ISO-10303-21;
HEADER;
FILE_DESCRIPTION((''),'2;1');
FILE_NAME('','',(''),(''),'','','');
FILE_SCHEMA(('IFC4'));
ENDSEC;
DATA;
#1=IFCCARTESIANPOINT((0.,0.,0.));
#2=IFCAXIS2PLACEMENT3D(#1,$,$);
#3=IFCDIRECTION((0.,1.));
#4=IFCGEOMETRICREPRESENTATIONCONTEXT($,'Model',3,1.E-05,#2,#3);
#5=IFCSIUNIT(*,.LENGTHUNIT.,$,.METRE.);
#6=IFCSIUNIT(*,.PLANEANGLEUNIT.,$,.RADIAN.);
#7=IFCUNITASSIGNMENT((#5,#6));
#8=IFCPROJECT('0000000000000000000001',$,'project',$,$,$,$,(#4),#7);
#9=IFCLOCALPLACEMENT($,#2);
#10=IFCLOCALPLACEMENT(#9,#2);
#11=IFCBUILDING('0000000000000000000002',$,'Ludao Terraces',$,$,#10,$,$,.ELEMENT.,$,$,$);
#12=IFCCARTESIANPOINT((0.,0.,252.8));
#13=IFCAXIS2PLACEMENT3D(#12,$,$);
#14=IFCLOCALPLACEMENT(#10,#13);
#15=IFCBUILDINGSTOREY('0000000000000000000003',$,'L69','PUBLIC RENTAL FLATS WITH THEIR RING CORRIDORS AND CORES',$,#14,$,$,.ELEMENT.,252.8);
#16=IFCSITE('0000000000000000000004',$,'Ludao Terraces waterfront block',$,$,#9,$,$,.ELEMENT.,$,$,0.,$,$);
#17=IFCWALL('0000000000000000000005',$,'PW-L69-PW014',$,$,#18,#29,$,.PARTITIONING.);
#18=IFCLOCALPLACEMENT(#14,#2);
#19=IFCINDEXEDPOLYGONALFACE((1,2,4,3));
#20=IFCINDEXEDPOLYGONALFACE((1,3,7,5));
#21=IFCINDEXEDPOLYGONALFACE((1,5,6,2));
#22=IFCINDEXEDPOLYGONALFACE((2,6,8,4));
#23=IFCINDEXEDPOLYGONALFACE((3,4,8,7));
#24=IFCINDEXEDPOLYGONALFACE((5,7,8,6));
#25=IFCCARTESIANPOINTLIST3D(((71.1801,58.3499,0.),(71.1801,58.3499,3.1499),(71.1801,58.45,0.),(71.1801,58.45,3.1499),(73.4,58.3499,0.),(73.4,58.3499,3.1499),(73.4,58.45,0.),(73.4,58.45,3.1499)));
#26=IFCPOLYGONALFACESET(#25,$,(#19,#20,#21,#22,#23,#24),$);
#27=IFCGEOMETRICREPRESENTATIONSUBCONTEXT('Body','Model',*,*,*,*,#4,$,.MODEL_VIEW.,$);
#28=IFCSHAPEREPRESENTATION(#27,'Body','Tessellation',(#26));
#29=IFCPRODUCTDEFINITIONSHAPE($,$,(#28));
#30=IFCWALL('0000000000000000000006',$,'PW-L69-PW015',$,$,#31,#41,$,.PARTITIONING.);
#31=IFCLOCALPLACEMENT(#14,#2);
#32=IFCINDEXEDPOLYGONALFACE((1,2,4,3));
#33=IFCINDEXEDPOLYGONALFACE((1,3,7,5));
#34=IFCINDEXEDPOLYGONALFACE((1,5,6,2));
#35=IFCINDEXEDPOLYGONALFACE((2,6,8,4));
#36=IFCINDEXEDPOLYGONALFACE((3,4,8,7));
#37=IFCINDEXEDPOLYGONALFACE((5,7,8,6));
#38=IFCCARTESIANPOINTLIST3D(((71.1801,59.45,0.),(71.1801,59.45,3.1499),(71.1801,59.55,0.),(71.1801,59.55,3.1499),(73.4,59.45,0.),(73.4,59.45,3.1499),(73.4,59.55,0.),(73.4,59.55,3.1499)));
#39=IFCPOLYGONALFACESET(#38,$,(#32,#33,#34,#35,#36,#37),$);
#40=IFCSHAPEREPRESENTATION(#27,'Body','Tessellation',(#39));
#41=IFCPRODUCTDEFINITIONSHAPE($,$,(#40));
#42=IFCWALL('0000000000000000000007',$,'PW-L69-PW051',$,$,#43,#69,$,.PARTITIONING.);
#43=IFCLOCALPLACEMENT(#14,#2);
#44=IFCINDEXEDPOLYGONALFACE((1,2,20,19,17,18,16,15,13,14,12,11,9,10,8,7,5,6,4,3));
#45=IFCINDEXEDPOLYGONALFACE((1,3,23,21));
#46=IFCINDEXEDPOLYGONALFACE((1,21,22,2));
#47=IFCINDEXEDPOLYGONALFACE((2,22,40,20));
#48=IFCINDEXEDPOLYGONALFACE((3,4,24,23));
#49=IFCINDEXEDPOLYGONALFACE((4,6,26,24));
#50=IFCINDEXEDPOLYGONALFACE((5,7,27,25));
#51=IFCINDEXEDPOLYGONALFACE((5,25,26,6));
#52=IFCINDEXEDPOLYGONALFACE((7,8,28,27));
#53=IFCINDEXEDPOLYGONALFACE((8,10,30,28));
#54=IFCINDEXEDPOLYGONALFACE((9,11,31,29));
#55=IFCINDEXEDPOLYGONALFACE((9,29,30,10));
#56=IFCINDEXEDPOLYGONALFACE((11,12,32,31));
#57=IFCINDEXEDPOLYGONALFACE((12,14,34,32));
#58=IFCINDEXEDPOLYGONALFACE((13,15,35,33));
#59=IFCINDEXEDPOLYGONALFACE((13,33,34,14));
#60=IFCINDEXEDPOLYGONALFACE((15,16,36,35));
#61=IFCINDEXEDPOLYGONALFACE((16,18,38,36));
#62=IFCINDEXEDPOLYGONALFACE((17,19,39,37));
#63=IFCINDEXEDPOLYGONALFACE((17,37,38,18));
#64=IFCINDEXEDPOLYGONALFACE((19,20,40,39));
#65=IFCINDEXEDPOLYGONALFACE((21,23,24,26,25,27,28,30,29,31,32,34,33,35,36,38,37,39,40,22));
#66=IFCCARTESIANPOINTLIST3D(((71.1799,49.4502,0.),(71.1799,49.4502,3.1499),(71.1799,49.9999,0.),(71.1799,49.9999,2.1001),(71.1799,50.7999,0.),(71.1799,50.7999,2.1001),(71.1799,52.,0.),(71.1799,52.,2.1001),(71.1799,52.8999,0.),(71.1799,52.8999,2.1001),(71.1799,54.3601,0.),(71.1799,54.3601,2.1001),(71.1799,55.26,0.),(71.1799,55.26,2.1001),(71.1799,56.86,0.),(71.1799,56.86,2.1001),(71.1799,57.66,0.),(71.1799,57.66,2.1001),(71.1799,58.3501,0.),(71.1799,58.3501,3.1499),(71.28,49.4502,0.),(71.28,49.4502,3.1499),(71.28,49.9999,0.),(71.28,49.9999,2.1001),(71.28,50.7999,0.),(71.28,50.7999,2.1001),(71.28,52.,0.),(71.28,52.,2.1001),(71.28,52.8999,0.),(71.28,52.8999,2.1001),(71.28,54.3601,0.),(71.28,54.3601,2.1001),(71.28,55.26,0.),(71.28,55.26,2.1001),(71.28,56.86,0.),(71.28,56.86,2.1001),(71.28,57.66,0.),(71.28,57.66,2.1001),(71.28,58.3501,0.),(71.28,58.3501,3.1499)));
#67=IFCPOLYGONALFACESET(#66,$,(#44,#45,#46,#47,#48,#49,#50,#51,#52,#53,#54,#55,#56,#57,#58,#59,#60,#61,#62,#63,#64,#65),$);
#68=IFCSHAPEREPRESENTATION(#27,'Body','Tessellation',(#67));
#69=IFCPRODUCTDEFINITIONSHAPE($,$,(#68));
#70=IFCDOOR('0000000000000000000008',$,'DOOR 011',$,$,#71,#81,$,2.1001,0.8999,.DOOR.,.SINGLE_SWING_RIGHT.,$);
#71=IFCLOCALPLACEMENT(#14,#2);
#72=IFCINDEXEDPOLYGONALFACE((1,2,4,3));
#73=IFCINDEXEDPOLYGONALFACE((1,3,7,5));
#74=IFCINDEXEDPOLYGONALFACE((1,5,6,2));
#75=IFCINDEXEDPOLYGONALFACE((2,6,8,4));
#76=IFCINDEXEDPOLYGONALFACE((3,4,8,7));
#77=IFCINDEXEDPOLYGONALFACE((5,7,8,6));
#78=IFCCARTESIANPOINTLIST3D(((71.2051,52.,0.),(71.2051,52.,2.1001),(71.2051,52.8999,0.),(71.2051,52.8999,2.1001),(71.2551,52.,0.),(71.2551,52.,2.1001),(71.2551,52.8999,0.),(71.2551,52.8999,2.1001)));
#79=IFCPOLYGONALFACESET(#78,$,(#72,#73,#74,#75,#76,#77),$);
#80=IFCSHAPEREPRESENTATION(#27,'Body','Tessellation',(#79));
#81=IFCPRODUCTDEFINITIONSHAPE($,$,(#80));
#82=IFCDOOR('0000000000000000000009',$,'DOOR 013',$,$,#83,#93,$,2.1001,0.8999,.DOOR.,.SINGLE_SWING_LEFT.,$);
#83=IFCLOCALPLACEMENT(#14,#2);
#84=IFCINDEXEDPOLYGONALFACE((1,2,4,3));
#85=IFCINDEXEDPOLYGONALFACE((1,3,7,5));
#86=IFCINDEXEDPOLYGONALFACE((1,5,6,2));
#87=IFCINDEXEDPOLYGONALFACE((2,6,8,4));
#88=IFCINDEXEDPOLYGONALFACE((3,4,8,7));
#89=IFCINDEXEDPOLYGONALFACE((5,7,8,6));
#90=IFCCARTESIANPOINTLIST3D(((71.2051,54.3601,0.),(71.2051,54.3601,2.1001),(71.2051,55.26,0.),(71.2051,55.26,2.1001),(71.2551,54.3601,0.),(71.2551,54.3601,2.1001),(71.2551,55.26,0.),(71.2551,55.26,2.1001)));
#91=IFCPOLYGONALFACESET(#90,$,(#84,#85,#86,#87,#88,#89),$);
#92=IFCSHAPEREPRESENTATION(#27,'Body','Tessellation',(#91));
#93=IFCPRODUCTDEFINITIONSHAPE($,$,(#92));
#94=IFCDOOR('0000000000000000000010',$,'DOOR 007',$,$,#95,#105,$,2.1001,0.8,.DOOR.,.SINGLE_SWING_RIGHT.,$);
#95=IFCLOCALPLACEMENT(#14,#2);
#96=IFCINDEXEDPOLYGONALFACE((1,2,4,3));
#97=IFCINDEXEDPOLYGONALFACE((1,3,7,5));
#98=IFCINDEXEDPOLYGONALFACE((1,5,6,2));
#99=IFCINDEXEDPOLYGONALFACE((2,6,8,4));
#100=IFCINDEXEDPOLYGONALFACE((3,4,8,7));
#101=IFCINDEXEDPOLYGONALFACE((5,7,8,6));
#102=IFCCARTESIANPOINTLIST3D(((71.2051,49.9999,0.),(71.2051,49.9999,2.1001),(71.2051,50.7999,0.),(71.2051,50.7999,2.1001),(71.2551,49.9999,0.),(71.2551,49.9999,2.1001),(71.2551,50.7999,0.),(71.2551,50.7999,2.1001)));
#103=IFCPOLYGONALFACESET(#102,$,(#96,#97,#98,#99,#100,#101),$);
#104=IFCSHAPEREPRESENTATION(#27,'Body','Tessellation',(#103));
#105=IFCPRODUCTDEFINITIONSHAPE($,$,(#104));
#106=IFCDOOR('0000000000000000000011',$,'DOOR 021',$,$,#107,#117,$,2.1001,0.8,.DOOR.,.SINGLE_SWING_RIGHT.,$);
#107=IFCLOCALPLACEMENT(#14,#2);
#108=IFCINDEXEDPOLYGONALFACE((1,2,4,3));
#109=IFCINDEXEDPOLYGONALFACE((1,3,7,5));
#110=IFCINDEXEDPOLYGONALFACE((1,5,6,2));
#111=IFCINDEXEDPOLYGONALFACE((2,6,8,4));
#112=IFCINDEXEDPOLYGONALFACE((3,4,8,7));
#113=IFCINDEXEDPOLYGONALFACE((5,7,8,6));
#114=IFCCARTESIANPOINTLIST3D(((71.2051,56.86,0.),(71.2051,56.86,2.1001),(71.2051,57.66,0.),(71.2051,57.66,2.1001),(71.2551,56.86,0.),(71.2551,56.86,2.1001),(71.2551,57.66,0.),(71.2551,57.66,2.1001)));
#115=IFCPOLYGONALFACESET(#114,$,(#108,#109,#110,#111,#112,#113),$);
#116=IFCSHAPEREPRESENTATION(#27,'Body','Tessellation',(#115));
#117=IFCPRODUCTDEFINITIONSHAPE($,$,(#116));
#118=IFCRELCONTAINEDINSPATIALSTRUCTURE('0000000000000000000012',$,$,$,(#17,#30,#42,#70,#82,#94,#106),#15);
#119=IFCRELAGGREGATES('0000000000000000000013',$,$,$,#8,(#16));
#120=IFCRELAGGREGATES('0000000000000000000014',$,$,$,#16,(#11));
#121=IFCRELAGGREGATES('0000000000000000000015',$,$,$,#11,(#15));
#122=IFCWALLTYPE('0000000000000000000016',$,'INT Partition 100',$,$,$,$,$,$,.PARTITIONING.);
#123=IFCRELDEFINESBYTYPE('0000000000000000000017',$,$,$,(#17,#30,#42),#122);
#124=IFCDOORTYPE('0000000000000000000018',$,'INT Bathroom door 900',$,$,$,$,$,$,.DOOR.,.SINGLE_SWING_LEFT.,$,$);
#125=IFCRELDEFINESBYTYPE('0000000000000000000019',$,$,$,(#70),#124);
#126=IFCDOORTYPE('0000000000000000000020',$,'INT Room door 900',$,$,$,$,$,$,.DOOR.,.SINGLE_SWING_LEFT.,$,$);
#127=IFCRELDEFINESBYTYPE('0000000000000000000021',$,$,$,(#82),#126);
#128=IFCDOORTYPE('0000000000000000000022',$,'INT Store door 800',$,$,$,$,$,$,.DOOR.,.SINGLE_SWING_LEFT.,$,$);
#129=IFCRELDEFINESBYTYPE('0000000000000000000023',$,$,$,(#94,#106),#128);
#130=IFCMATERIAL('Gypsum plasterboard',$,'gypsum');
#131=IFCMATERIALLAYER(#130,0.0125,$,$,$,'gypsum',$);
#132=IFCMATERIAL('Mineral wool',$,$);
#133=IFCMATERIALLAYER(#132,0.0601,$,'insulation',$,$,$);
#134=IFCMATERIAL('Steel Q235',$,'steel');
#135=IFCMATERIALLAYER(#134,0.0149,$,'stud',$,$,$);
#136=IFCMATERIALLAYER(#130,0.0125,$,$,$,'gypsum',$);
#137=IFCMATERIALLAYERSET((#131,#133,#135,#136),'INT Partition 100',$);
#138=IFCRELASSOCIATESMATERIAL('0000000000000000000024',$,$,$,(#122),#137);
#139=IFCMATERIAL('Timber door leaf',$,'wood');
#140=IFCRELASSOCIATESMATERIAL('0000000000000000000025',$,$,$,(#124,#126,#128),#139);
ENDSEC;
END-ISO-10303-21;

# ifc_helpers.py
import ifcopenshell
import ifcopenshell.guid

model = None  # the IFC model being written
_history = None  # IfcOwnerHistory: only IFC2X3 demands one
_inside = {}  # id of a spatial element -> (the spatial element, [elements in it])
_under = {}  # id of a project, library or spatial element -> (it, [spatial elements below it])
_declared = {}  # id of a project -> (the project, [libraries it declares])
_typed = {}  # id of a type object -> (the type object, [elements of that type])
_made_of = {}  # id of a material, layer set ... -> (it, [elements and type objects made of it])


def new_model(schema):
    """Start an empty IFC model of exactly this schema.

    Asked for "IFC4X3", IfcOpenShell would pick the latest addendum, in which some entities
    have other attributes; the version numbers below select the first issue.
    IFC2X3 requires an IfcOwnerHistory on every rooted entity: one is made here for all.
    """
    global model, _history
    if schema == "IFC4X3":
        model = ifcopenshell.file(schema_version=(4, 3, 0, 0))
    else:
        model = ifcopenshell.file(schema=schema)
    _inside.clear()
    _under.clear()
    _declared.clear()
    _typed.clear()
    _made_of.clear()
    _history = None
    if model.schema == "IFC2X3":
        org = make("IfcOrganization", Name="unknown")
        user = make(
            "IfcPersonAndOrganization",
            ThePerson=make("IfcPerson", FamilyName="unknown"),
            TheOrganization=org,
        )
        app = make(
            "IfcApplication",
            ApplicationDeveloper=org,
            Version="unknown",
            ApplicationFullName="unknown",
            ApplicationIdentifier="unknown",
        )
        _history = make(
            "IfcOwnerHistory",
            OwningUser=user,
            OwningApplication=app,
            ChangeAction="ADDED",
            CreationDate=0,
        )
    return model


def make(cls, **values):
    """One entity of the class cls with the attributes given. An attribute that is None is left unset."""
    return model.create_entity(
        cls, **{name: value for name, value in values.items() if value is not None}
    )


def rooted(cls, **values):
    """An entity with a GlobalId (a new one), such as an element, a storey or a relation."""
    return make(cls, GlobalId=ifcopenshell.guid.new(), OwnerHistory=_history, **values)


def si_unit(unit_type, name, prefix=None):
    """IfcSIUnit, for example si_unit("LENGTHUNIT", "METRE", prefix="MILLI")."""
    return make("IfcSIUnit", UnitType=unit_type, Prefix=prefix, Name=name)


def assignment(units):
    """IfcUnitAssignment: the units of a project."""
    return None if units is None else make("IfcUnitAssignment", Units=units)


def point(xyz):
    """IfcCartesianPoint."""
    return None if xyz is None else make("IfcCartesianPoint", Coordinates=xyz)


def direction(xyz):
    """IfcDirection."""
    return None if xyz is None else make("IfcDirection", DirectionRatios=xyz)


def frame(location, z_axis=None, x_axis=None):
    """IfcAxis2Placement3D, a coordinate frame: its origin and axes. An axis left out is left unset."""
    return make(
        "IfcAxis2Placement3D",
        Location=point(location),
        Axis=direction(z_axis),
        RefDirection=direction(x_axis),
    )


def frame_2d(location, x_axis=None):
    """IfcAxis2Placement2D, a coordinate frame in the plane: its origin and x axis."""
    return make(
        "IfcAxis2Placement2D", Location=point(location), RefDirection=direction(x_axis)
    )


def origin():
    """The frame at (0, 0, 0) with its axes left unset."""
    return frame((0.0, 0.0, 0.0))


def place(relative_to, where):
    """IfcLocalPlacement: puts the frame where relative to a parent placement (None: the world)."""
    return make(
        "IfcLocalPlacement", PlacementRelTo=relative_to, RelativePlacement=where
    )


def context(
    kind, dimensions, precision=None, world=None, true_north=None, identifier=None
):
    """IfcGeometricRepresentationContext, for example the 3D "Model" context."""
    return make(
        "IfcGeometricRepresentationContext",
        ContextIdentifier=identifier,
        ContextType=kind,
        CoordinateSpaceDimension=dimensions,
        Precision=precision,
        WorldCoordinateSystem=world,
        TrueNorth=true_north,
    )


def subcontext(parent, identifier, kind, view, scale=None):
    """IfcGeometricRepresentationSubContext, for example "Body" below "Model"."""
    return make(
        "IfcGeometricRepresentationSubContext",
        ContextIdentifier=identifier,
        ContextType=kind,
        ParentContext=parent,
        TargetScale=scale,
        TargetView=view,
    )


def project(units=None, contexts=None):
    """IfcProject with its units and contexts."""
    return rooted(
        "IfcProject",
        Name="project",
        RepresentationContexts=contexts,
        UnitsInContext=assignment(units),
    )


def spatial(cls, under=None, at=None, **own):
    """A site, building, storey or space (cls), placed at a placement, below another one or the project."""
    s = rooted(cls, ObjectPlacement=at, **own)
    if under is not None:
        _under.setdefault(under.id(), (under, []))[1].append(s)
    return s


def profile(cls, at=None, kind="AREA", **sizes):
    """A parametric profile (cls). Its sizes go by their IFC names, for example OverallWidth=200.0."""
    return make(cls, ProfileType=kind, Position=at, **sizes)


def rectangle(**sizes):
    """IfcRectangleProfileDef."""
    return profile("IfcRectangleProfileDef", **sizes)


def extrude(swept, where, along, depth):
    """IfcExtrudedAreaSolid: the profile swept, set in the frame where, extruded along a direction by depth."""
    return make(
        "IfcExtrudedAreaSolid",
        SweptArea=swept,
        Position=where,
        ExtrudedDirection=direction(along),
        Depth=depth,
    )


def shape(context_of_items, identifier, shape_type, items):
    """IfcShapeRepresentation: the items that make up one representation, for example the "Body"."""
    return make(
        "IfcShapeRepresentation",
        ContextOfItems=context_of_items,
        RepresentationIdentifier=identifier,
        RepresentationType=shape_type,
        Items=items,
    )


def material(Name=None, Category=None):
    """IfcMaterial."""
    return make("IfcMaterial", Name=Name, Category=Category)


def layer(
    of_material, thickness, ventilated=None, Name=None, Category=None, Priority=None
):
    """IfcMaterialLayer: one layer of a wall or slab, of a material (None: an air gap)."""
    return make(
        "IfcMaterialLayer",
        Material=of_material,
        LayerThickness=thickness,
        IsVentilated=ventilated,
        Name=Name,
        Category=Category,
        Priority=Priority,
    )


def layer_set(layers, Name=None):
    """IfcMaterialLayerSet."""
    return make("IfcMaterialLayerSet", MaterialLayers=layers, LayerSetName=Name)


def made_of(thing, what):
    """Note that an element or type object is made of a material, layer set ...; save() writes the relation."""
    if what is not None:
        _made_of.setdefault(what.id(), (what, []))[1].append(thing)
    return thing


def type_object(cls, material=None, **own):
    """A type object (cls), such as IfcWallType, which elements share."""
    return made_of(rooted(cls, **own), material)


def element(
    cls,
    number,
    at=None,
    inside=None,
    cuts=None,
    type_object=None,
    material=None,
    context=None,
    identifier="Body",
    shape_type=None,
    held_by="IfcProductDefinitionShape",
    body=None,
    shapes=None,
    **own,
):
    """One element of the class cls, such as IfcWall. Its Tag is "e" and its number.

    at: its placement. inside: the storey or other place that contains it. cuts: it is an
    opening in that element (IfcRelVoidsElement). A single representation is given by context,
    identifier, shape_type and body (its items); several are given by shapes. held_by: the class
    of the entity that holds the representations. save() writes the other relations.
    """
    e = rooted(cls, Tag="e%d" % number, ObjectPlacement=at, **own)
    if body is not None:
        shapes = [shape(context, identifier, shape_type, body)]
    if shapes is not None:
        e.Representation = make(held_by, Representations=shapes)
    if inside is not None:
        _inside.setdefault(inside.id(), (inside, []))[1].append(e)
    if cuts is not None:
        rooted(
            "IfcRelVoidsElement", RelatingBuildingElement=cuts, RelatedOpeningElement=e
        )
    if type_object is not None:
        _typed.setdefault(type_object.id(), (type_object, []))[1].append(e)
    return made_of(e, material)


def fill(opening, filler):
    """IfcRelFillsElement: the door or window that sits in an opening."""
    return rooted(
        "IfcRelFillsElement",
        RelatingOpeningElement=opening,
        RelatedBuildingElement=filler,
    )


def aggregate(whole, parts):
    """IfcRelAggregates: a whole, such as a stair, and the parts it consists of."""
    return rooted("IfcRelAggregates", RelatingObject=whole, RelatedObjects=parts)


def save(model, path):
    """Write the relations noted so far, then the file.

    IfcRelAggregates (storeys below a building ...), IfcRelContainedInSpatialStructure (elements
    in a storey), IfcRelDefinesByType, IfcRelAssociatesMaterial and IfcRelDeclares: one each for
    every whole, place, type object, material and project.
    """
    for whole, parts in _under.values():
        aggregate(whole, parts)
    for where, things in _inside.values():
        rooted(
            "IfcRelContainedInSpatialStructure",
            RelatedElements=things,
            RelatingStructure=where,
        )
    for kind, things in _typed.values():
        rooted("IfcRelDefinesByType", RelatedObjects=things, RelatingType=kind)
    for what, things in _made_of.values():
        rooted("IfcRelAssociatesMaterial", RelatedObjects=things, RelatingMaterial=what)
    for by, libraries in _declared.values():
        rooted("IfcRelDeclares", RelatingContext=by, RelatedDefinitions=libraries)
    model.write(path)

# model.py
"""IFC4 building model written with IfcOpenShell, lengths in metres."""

from ifc_helpers import new_model, si_unit, direction, frame, frame_2d, origin, place, context, subcontext, project, spatial, rectangle, extrude, material, layer, layer_set, type_object, element, fill, save


model = new_model("IFC4")

# Units and contexts
model_context = context("Model", 3, precision=1e-05, world=origin(), true_north=direction((0.0, 1.0)))
body_context = subcontext(model_context, "Body", "Model", "MODEL_VIEW")
ifc_project = project(units=[si_unit("LENGTHUNIT", "METRE"), si_unit("PLANEANGLEUNIT", "RADIAN")], contexts=[model_context])

# Site, building, storey
site_placement = place(None, origin())
site = spatial("IfcSite", under=ifc_project, at=site_placement, Name="Ludao Terraces waterfront block", CompositionType="ELEMENT", RefElevation=0.0)
building_placement = place(site_placement, origin())
building = spatial("IfcBuilding", under=site, at=building_placement, Name="Ludao Terraces", CompositionType="ELEMENT")
storey_placement = place(building_placement, frame((0.0, 0.0, 252.8)))
storey = spatial("IfcBuildingStorey", under=building, at=storey_placement, Name="L69", Description="PUBLIC RENTAL FLATS WITH THEIR RING CORRIDORS AND CORES", CompositionType="ELEMENT", Elevation=252.8)

# Shared definitions
ifc_material_1 = material(Name="Timber door leaf", Category="wood")
ifc_material_2 = material(Name="Steel Q235", Category="steel")

# Walls
ifc_material_3 = material(Name="Gypsum plasterboard", Category="gypsum")
ifc_layer_1 = layer(ifc_material_3, 0.0125, Category="gypsum")
ifc_material_4 = material(Name="Mineral wool")
ifc_layer_2 = layer(ifc_material_4, 0.0601, Name="insulation")
ifc_layer_3 = layer(ifc_material_2, 0.0149, Name="stud")
ifc_layer_4 = layer(ifc_material_3, 0.0125, Category="gypsum")
ifc_layer_set_1 = layer_set([ifc_layer_1, ifc_layer_2, ifc_layer_3, ifc_layer_4], Name="INT Partition 100")
wall_type_1 = type_object("IfcWallType", Name="INT Partition 100", PredefinedType="PARTITIONING", material=ifc_layer_set_1)
for number, where, z_axis, x_axis, name in (
    (1, (71.1802, 58.3999, 0.0), (0.0, 0.0, 1.0), (1.0, 0.0, 0.0), "PW-L69-PW014"),
    (2, (71.1802, 59.5, 0.0), (0.0, 0.0, 1.0), (1.0, 0.0, 0.0), "PW-L69-PW015"),
):
    element("IfcWall", number, at=place(storey_placement, frame(where, z_axis=z_axis, x_axis=x_axis)), inside=storey, type_object=wall_type_1, Name=name, PredefinedType="PARTITIONING", context=body_context, shape_type="SweptSolid", body=[
        extrude(rectangle(XDim=2.22, YDim=0.1001, at=frame_2d((1.1099, 0.0))), origin(), (0.0, 0.0, 1.0), 3.1499),
    ])

# Wall, openings, doors
wall_1_placement = place(storey_placement, frame((71.23, 49.4502, 0.0), z_axis=(0.0, 0.0, 1.0), x_axis=(0.0, 1.0, 0.0)))
wall_1 = element("IfcWall", 3, at=wall_1_placement, inside=storey, type_object=wall_type_1, Name="PW-L69-PW051", PredefinedType="PARTITIONING", context=body_context, shape_type="SweptSolid", body=[
    extrude(rectangle(XDim=8.8999, YDim=0.1001, at=frame_2d((4.45, 0.0))), origin(), (0.0, 0.0, 1.0), 3.1499),
])
opening_1_placement = place(wall_1_placement, frame((0.5498, 0.0, 0.0)))
opening_1 = element("IfcOpeningElement", 4, at=opening_1_placement, cuts=wall_1, PredefinedType="OPENING", context=body_context, shape_type="SweptSolid", body=[
    extrude(rectangle(XDim=0.8, YDim=2.1001, at=frame_2d((0.3999, 1.05))), frame((0.0, 0.0601, 0.0), z_axis=(0.0, -1.0, 0.0), x_axis=(1.0, 0.0, 0.0)), (0.0, 0.0, 1.0), 0.1201),
])
opening_2_placement = place(wall_1_placement, frame((2.5498, 0.0, 0.0)))
opening_2 = element("IfcOpeningElement", 5, at=opening_2_placement, cuts=wall_1, PredefinedType="OPENING", context=body_context, shape_type="SweptSolid", body=[
    extrude(rectangle(XDim=0.8999, YDim=2.1001, at=frame_2d((0.45, 1.05))), frame((0.0, 0.0601, 0.0), z_axis=(0.0, -1.0, 0.0), x_axis=(1.0, 0.0, 0.0)), (0.0, 0.0, 1.0), 0.1201),
])
opening_3_placement = place(wall_1_placement, frame((4.9099, 0.0, 0.0)))
opening_3 = element("IfcOpeningElement", 6, at=opening_3_placement, cuts=wall_1, PredefinedType="OPENING", context=body_context, shape_type="SweptSolid", body=[
    extrude(rectangle(XDim=0.8999, YDim=2.1001, at=frame_2d((0.45, 1.05))), frame((0.0, 0.0601, 0.0), z_axis=(0.0, -1.0, 0.0), x_axis=(1.0, 0.0, 0.0)), (0.0, 0.0, 1.0), 0.1201),
])
opening_4_placement = place(wall_1_placement, frame((7.4099, 0.0, 0.0)))
opening_4 = element("IfcOpeningElement", 7, at=opening_4_placement, cuts=wall_1, PredefinedType="OPENING", context=body_context, shape_type="SweptSolid", body=[
    extrude(rectangle(XDim=0.8, YDim=2.1001, at=frame_2d((0.3999, 1.05))), frame((0.0, 0.0601, 0.0), z_axis=(0.0, -1.0, 0.0), x_axis=(1.0, 0.0, 0.0)), (0.0, 0.0, 1.0), 0.1201),
])
door_type_1 = type_object("IfcDoorType", Name="INT Bathroom door 900", OperationType="SINGLE_SWING_LEFT", PredefinedType="DOOR", material=ifc_material_1)
door_1_placement = place(opening_2_placement, origin())
door_1 = element("IfcDoor", 8, at=door_1_placement, inside=storey, type_object=door_type_1, Name="DOOR 011", OperationType="SINGLE_SWING_RIGHT", OverallHeight=2.1001, OverallWidth=0.8999, PredefinedType="DOOR", context=body_context, shape_type="SweptSolid", body=[
    extrude(rectangle(XDim=0.8999, YDim=2.1001, at=frame_2d((0.45, 1.05))), frame((0.0, 0.0249, 0.0), z_axis=(0.0, -1.0, 0.0), x_axis=(1.0, 0.0, 0.0)), (0.0, 0.0, 1.0), 0.05),
])
fill(opening_2, door_1)
door_type_2 = type_object("IfcDoorType", Name="INT Room door 900", OperationType="SINGLE_SWING_LEFT", PredefinedType="DOOR", material=ifc_material_1)
door_2_placement = place(opening_3_placement, origin())
door_2 = element("IfcDoor", 9, at=door_2_placement, inside=storey, type_object=door_type_2, Name="DOOR 013", OperationType="SINGLE_SWING_LEFT", OverallHeight=2.1001, OverallWidth=0.8999, PredefinedType="DOOR", context=body_context, shape_type="SweptSolid", body=[
    extrude(rectangle(XDim=0.8999, YDim=2.1001, at=frame_2d((0.45, 1.05))), frame((0.0, 0.0249, 0.0), z_axis=(0.0, -1.0, 0.0), x_axis=(1.0, 0.0, 0.0)), (0.0, 0.0, 1.0), 0.05),
])
fill(opening_3, door_2)
door_type_3 = type_object("IfcDoorType", Name="INT Store door 800", OperationType="SINGLE_SWING_LEFT", PredefinedType="DOOR", material=ifc_material_1)
door_3_placement = place(opening_1_placement, origin())
door_3 = element("IfcDoor", 10, at=door_3_placement, inside=storey, type_object=door_type_3, Name="DOOR 007", OperationType="SINGLE_SWING_RIGHT", OverallHeight=2.1001, OverallWidth=0.8, PredefinedType="DOOR", context=body_context, shape_type="SweptSolid", body=[
    extrude(rectangle(XDim=0.8, YDim=2.1001, at=frame_2d((0.3999, 1.05))), frame((0.0, 0.0249, 0.0), z_axis=(0.0, -1.0, 0.0), x_axis=(1.0, 0.0, 0.0)), (0.0, 0.0, 1.0), 0.05),
])
fill(opening_1, door_3)
door_4_placement = place(opening_4_placement, origin())
door_4 = element("IfcDoor", 11, at=door_4_placement, inside=storey, type_object=door_type_3, Name="DOOR 021", OperationType="SINGLE_SWING_RIGHT", OverallHeight=2.1001, OverallWidth=0.8, PredefinedType="DOOR", context=body_context, shape_type="SweptSolid", body=[
    extrude(rectangle(XDim=0.8, YDim=2.1001, at=frame_2d((0.3999, 1.05))), frame((0.0, 0.0249, 0.0), z_axis=(0.0, -1.0, 0.0), x_axis=(1.0, 0.0, 0.0)), (0.0, 0.0, 1.0), 0.05),
])
fill(opening_4, door_4)

save(model, "model.ifc")
